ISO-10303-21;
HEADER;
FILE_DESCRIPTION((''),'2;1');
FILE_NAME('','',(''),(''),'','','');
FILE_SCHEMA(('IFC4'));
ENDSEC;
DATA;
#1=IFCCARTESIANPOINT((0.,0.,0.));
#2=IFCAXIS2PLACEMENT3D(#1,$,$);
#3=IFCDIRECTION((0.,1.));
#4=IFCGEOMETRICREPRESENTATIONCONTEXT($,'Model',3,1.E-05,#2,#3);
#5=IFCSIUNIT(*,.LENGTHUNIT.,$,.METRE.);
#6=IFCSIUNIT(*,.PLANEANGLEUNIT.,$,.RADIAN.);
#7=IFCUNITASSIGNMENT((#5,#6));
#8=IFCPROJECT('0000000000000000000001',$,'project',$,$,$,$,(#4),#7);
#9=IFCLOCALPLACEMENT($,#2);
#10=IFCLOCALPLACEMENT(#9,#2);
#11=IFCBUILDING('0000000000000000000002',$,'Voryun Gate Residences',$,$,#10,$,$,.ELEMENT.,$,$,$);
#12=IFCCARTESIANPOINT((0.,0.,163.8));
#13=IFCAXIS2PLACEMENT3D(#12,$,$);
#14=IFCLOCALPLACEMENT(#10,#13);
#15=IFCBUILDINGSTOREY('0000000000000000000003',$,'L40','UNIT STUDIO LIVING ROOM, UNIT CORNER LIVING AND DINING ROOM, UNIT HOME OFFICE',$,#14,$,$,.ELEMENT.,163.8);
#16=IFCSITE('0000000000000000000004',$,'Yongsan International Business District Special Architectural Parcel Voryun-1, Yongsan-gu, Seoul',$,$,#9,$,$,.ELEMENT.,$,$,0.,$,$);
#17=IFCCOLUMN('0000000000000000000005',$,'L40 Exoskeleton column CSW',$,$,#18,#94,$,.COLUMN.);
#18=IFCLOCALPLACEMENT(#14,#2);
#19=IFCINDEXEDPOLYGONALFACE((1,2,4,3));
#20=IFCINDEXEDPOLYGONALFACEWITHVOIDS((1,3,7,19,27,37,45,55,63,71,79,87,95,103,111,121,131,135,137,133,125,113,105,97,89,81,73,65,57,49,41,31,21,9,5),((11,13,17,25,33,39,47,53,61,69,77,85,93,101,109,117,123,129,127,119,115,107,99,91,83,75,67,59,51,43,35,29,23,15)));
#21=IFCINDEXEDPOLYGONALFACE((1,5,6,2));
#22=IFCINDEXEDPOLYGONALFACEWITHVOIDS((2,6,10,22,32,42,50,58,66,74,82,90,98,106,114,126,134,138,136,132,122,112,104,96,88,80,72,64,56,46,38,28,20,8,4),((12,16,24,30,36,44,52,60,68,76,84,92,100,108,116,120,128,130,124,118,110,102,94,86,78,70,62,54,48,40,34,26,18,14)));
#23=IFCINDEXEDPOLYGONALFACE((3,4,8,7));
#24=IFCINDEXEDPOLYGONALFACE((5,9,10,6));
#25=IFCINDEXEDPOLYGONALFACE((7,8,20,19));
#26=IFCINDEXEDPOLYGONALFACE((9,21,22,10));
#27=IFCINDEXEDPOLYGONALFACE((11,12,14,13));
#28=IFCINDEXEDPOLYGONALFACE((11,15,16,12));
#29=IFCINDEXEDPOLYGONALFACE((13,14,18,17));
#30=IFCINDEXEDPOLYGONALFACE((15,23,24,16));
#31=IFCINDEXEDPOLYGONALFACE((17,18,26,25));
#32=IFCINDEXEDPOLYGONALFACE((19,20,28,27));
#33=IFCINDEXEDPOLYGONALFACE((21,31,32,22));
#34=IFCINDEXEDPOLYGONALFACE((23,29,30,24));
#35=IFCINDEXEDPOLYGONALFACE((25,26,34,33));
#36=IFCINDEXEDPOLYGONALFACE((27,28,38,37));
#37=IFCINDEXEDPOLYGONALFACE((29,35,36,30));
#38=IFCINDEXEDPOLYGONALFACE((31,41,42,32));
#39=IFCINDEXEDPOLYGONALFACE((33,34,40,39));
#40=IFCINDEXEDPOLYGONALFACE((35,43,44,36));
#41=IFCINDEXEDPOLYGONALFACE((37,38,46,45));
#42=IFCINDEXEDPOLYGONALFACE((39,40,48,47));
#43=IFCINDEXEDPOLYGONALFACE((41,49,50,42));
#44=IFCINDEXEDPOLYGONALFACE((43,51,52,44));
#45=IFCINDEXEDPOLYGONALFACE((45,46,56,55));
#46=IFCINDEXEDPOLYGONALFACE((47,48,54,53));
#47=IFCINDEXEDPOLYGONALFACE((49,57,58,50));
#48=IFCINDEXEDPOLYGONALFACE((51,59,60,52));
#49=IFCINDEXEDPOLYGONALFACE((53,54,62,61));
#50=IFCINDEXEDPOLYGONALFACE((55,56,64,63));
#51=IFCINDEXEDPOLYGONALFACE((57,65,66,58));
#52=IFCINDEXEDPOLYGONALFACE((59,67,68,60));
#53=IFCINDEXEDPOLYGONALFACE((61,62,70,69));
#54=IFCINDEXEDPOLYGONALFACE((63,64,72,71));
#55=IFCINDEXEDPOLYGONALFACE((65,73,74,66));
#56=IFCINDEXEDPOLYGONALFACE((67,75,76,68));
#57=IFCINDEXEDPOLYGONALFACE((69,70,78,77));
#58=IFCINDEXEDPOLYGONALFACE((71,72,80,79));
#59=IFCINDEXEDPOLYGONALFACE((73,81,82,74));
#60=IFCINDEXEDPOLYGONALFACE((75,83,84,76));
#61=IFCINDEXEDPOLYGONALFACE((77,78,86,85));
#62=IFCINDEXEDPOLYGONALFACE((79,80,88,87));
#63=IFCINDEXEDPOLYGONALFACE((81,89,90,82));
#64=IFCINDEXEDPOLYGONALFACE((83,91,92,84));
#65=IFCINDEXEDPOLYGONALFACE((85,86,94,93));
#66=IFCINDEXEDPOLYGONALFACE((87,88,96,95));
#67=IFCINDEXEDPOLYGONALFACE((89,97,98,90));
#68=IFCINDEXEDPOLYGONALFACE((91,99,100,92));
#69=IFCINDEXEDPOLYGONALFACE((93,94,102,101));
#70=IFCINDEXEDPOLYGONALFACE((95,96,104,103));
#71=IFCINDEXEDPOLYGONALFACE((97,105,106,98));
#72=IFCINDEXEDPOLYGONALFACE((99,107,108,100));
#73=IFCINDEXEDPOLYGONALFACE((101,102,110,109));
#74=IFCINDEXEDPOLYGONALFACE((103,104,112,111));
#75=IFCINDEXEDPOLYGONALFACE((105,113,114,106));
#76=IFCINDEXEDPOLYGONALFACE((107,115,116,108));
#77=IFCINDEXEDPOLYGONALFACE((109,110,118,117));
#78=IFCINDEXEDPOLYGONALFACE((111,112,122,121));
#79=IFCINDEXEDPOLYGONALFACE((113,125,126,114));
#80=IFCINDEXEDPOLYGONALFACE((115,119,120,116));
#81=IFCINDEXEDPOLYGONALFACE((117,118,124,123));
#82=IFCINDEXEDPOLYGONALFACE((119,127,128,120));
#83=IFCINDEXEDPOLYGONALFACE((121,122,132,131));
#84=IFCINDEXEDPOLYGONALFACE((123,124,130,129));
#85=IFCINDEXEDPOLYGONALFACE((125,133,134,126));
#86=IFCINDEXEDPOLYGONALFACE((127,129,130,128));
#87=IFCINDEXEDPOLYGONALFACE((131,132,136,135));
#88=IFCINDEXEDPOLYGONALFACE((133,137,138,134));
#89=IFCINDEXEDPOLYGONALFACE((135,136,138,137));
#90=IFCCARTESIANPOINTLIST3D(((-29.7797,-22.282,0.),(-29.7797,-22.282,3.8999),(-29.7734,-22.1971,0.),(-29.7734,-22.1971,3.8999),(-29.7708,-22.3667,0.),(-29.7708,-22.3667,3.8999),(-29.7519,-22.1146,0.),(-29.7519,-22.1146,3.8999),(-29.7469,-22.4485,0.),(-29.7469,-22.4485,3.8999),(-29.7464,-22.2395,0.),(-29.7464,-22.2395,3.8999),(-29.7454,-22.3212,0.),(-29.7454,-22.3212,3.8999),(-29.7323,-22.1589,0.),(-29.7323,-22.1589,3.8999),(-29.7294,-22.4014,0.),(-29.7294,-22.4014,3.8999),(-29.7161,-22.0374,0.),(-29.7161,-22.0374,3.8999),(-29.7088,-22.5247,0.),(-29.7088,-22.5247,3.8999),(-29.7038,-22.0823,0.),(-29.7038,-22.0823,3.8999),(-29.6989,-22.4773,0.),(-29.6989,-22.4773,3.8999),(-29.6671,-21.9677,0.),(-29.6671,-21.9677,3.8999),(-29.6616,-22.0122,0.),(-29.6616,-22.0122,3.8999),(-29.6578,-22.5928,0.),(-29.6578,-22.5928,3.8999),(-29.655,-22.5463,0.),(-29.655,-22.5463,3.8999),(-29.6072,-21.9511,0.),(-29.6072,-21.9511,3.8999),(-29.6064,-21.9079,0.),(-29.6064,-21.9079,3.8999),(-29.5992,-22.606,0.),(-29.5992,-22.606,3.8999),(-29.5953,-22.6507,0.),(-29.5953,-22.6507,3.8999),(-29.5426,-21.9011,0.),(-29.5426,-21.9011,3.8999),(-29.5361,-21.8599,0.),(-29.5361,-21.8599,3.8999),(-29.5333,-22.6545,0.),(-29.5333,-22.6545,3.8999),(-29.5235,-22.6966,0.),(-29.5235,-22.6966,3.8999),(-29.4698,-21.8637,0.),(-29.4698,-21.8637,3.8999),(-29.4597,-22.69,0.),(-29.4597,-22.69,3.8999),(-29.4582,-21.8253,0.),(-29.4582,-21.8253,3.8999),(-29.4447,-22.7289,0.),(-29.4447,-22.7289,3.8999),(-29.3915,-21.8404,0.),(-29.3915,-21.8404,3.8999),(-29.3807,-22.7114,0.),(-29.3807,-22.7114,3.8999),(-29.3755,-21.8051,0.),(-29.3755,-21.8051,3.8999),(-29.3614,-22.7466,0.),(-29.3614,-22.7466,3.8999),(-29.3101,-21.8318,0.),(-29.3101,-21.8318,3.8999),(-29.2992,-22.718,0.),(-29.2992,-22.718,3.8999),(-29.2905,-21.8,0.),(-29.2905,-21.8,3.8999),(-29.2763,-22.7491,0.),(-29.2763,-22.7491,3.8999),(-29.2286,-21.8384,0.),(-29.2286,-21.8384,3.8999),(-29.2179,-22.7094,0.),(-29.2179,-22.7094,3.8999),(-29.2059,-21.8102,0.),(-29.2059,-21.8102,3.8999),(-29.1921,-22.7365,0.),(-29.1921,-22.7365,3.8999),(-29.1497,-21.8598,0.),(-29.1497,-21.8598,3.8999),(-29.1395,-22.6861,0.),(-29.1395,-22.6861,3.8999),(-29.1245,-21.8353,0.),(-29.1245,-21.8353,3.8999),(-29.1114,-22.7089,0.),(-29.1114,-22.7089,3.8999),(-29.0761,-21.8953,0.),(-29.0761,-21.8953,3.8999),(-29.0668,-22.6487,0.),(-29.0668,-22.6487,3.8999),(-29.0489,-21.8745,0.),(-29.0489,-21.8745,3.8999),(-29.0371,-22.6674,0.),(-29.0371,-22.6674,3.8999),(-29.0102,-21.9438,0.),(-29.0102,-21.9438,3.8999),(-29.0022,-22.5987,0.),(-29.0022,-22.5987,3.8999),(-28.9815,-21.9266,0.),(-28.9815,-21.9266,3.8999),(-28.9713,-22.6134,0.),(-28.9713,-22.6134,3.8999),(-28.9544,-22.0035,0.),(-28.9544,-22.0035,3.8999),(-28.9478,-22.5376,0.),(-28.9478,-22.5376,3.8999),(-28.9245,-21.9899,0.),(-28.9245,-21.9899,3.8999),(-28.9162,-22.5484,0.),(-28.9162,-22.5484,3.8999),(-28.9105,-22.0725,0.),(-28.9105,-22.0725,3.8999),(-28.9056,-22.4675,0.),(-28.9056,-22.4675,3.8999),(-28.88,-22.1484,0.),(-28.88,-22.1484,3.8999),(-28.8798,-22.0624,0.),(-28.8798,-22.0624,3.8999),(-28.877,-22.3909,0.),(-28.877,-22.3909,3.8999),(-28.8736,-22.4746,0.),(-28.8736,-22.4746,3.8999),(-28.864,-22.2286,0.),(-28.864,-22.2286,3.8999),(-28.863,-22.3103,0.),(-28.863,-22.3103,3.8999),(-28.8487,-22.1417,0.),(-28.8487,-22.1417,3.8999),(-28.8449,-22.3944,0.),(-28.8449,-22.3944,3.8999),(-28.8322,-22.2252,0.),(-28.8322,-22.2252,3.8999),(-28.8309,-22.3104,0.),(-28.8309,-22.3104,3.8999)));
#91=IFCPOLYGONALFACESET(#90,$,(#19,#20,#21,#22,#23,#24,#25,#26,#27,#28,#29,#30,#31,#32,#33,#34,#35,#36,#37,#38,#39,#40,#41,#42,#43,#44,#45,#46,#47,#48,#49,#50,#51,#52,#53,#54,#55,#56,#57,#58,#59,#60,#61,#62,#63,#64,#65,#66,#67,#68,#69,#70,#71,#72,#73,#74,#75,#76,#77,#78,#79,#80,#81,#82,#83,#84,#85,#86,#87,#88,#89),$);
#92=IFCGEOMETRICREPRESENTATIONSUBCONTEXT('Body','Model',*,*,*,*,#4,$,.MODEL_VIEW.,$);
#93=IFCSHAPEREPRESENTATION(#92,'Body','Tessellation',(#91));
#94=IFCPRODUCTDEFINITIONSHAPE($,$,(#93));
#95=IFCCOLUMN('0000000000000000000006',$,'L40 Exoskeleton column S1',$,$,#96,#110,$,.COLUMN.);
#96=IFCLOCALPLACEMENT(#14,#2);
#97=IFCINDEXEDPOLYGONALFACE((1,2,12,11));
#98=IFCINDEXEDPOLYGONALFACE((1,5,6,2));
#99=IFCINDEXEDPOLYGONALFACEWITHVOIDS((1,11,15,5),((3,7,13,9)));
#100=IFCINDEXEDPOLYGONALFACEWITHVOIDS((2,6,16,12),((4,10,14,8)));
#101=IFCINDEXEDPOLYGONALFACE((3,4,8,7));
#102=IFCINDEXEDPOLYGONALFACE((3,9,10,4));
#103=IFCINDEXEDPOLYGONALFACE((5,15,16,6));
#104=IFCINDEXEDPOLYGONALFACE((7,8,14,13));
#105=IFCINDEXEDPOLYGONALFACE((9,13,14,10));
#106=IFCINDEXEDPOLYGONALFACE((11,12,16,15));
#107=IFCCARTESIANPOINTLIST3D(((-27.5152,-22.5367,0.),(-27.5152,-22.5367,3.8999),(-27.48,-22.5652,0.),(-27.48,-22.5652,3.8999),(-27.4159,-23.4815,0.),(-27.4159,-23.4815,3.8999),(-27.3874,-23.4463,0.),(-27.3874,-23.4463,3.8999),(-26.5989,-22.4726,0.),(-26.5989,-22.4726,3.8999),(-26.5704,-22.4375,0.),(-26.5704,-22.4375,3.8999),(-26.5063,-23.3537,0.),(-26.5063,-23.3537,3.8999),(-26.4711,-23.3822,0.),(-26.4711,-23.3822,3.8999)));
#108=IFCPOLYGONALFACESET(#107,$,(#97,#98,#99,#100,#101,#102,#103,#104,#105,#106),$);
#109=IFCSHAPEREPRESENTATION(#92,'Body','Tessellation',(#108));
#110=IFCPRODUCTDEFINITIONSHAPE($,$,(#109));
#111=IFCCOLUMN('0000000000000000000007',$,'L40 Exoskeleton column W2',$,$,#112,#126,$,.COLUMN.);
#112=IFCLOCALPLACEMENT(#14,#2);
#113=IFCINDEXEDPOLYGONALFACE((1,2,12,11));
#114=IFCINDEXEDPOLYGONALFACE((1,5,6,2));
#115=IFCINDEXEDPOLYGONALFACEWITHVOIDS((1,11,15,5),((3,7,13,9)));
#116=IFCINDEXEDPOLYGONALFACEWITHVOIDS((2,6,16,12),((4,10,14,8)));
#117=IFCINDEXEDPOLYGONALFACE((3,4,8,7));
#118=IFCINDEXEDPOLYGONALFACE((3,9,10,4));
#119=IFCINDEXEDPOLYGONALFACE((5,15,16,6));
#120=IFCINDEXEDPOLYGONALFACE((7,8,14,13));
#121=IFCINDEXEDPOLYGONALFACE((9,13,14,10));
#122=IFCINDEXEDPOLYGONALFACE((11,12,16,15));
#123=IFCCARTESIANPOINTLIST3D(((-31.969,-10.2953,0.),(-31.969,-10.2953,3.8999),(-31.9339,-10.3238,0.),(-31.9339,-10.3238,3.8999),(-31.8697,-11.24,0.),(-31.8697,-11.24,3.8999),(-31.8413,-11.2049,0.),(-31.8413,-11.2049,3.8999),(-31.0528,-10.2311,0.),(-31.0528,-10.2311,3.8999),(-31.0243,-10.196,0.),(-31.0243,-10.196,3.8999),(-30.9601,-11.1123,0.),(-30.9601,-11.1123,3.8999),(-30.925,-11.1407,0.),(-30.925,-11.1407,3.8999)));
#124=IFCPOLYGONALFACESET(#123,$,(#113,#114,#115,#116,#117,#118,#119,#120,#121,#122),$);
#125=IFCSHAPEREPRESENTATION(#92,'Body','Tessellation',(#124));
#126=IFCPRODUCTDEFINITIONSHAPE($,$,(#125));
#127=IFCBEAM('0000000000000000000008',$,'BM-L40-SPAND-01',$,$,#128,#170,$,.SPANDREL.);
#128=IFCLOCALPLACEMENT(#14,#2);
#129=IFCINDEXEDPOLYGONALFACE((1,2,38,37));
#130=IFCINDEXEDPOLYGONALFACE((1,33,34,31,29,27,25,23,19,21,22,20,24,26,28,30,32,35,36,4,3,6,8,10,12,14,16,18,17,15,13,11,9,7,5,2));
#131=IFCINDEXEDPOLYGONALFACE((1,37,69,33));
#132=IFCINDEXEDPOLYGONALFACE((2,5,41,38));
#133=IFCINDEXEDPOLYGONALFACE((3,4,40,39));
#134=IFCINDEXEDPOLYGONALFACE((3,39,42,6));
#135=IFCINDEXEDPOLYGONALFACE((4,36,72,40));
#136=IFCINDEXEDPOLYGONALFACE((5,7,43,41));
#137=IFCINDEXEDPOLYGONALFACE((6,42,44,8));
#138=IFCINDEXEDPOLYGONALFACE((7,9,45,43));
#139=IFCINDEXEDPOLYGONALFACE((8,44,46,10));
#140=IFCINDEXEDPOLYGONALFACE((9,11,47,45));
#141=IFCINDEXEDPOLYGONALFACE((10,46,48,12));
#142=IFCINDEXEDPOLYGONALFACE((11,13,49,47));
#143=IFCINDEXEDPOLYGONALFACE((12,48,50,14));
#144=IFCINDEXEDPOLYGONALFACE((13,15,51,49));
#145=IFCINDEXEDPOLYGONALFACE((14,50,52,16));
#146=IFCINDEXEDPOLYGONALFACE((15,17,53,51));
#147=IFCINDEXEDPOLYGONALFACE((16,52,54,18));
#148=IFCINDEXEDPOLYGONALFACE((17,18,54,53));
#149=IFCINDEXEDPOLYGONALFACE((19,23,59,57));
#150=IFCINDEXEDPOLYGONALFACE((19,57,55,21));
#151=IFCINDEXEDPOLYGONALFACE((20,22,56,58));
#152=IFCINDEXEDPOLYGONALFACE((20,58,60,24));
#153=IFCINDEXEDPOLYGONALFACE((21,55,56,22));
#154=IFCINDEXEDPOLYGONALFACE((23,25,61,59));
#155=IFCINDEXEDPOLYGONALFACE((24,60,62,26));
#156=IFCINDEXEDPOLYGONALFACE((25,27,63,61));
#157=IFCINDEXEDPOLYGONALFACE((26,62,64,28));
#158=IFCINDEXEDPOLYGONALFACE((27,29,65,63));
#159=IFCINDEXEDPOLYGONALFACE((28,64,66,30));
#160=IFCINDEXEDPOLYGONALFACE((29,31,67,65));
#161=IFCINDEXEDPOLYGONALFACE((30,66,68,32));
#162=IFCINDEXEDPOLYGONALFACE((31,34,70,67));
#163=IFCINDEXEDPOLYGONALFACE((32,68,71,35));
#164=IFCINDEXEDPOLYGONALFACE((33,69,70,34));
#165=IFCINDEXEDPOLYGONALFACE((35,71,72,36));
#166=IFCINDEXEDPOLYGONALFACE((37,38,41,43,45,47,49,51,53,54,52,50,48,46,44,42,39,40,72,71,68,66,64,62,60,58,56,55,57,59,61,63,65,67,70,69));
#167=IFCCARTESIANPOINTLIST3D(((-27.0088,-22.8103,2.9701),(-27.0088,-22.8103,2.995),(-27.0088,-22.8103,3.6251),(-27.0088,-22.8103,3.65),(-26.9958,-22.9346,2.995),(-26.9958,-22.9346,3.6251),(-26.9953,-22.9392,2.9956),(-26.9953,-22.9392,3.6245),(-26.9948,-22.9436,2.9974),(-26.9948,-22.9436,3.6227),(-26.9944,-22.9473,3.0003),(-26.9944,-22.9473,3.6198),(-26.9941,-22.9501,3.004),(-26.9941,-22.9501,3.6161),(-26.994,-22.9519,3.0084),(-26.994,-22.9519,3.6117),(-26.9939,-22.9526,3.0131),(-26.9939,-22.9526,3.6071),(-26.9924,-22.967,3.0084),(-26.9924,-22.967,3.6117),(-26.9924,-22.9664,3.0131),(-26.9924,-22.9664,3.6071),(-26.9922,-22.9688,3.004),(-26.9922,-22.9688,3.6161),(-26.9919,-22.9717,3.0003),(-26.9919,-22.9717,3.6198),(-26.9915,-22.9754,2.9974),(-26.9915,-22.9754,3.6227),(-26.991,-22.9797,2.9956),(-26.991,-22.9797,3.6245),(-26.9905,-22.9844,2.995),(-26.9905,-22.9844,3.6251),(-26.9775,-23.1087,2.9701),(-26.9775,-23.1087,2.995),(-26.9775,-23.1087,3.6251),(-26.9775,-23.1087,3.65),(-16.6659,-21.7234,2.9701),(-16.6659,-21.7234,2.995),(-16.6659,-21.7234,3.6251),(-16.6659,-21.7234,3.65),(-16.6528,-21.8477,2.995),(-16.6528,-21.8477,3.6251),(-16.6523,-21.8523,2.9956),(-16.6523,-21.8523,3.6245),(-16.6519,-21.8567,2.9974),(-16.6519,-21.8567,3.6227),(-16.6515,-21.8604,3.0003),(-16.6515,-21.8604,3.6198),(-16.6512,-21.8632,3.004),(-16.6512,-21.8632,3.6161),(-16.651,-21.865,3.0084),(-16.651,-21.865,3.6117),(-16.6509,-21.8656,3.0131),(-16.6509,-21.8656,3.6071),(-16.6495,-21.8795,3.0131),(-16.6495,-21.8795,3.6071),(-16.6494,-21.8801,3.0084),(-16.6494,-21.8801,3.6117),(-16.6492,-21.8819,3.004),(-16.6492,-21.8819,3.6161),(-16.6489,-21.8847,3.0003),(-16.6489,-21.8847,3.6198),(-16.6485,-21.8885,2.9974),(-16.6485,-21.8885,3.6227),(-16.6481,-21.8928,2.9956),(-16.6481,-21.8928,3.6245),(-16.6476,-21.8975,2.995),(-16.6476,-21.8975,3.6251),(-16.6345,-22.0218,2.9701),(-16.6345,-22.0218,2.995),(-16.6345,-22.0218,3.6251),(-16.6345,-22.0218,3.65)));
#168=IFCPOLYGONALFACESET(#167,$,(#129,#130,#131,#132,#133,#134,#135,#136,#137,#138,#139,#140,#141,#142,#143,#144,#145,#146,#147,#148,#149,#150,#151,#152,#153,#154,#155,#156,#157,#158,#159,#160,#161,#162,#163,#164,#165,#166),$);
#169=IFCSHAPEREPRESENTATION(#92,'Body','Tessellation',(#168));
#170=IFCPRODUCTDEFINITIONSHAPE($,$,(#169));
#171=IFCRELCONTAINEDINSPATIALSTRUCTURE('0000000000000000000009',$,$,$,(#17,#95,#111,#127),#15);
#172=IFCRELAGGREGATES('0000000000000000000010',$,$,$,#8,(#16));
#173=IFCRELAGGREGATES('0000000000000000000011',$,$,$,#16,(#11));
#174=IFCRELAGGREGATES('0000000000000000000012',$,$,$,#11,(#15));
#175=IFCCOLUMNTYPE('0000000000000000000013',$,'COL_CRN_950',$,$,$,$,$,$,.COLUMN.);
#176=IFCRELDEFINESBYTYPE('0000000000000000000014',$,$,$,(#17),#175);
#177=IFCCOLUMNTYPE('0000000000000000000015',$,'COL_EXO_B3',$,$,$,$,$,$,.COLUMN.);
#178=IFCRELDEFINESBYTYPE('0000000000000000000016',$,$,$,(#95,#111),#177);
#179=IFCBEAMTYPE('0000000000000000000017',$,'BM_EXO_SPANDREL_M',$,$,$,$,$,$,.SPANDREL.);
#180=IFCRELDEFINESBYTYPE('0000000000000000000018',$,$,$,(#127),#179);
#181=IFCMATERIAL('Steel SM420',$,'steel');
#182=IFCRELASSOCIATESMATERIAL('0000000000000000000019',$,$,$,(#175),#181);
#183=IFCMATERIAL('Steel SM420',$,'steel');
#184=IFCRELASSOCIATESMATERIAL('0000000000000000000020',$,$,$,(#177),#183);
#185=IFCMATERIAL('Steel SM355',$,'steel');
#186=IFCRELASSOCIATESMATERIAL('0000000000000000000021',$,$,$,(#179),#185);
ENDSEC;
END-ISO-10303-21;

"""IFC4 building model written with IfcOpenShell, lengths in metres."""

from ifc_helpers import new_model, si_unit, direction, frame, origin, origin_2d, place, context, subcontext, project, spatial, hollow_rectangle, hollow_circle, i_section, extrude, material, material_profile, profile_set, type_object, element, save


model = new_model("IFC4")

# Units and contexts
model_context = context("Model", 3, precision=1e-05, world=origin(), true_north=direction((0.0, 1.0)))
body_context = subcontext(model_context, "Body", "Model", "MODEL_VIEW")
ifc_project = project(units=[si_unit("LENGTHUNIT", "METRE"), si_unit("PLANEANGLEUNIT", "RADIAN")], contexts=[model_context])

# Site, building, storey
site_placement = place(None, origin())
site = spatial("IfcSite", under=ifc_project, at=site_placement, Name="Yongsan International Business District Special Architectural Parcel Voryun-1, Yongsan-gu, Seoul", CompositionType="ELEMENT", RefElevation=0.0)
building_placement = place(site_placement, origin())
building = spatial("IfcBuilding", under=site, at=building_placement, Name="Voryun Gate Residences", CompositionType="ELEMENT")
storey_placement = place(building_placement, frame((0.0, 0.0, 163.8)))
storey = spatial("IfcBuildingStorey", under=building, at=storey_placement, Name="L40", Description="UNIT STUDIO LIVING ROOM, UNIT CORNER LIVING AND DINING ROOM, UNIT HOME OFFICE", CompositionType="ELEMENT", Elevation=163.8)

# Columns
ifc_material_1 = material(Name="Steel SM420", Category="steel")
ifc_material_profile_1 = material_profile(ifc_material_1, hollow_circle(Radius=0.4751, WallThickness=0.032, at=origin_2d()), Name="CHS-950x32")
ifc_profile_set_1 = profile_set([ifc_material_profile_1], Name="Steel SM420")
column_type_1 = type_object("IfcColumnType", Name="COL_CRN_950", PredefinedType="COLUMN", material=ifc_profile_set_1)
column_placement = place(storey_placement, frame((-29.3047, -22.2749, 0.0), z_axis=(0.0, 0.0, 1.0), x_axis=(0.994522, 0.104528, 0.0)))
element("IfcColumn", 1, at=column_placement, inside=storey, type_object=column_type_1, Name="L40 Exoskeleton column CSW", PredefinedType="COLUMN", context=body_context, shape_type="SweptSolid", body=[
    extrude(hollow_circle(Radius=0.4751, WallThickness=0.032, at=origin_2d()), origin(), (0.0, 0.0, 1.0), 3.8999),
])
ifc_material_2 = material(Name="Steel SM420", Category="steel")
ifc_material_profile_2 = material_profile(ifc_material_2, hollow_rectangle(XDim=0.95, YDim=0.95, WallThickness=0.032, at=origin_2d()), Name="BOX-950x950x32")
ifc_profile_set_2 = profile_set([ifc_material_profile_2], Name="Steel SM420")
column_type_2 = type_object("IfcColumnType", Name="COL_EXO_B3", PredefinedType="COLUMN", material=ifc_profile_set_2)
for number, where, z_axis, x_axis, name in (
    (2, (-26.9932, -22.9595, 0.0), (0.0, 0.0, 1.0), (0.994522, 0.104528, 0.0), "L40 Exoskeleton column S1"),
    (3, (-31.447, -10.718, 0.0), (0.0, 0.0, 1.0), (0.994522, 0.104528, 0.0), "L40 Exoskeleton column W2"),
):
    element("IfcColumn", number, at=place(storey_placement, frame(where, z_axis=z_axis, x_axis=x_axis)), inside=storey, type_object=column_type_2, Name=name, PredefinedType="COLUMN", context=body_context, shape_type="SweptSolid", body=[
        extrude(hollow_rectangle(XDim=0.95, YDim=0.95, WallThickness=0.032, at=origin_2d()), origin(), (0.0, 0.0, 1.0), 3.8999),
    ])

# Beam
ifc_material_3 = material(Name="Steel SM355", Category="steel")
ifc_material_profile_3 = material_profile(ifc_material_3, i_section(OverallWidth=0.3, OverallDepth=0.6799, WebThickness=0.0139, FlangeThickness=0.0249, FilletRadius=0.0181, at=origin_2d()), Name="H-680x300x14x25")
ifc_profile_set_3 = profile_set([ifc_material_profile_3], Name="Steel SM355")
beam_type = type_object("IfcBeamType", Name="BM_EXO_SPANDREL_M", PredefinedType="SPANDREL", material=ifc_profile_set_3)
beam_1_placement = place(storey_placement, frame((-26.9932, -22.9595, 3.3101), z_axis=(0.994524, 0.104511, 0.0), x_axis=(-0.104511, 0.994524, 0.0)))
element("IfcBeam", 4, at=beam_1_placement, inside=storey, type_object=beam_type, Name="BM-L40-SPAND-01", PredefinedType="SPANDREL", context=body_context, shape_type="SweptSolid", body=[
    extrude(i_section(OverallWidth=0.3, OverallDepth=0.6799, WebThickness=0.0139, FlangeThickness=0.0249, FilletRadius=0.0181, at=origin_2d()), origin(), (0.0, 0.0, 1.0), 10.3999),
])

save(model, "model.ifc")
